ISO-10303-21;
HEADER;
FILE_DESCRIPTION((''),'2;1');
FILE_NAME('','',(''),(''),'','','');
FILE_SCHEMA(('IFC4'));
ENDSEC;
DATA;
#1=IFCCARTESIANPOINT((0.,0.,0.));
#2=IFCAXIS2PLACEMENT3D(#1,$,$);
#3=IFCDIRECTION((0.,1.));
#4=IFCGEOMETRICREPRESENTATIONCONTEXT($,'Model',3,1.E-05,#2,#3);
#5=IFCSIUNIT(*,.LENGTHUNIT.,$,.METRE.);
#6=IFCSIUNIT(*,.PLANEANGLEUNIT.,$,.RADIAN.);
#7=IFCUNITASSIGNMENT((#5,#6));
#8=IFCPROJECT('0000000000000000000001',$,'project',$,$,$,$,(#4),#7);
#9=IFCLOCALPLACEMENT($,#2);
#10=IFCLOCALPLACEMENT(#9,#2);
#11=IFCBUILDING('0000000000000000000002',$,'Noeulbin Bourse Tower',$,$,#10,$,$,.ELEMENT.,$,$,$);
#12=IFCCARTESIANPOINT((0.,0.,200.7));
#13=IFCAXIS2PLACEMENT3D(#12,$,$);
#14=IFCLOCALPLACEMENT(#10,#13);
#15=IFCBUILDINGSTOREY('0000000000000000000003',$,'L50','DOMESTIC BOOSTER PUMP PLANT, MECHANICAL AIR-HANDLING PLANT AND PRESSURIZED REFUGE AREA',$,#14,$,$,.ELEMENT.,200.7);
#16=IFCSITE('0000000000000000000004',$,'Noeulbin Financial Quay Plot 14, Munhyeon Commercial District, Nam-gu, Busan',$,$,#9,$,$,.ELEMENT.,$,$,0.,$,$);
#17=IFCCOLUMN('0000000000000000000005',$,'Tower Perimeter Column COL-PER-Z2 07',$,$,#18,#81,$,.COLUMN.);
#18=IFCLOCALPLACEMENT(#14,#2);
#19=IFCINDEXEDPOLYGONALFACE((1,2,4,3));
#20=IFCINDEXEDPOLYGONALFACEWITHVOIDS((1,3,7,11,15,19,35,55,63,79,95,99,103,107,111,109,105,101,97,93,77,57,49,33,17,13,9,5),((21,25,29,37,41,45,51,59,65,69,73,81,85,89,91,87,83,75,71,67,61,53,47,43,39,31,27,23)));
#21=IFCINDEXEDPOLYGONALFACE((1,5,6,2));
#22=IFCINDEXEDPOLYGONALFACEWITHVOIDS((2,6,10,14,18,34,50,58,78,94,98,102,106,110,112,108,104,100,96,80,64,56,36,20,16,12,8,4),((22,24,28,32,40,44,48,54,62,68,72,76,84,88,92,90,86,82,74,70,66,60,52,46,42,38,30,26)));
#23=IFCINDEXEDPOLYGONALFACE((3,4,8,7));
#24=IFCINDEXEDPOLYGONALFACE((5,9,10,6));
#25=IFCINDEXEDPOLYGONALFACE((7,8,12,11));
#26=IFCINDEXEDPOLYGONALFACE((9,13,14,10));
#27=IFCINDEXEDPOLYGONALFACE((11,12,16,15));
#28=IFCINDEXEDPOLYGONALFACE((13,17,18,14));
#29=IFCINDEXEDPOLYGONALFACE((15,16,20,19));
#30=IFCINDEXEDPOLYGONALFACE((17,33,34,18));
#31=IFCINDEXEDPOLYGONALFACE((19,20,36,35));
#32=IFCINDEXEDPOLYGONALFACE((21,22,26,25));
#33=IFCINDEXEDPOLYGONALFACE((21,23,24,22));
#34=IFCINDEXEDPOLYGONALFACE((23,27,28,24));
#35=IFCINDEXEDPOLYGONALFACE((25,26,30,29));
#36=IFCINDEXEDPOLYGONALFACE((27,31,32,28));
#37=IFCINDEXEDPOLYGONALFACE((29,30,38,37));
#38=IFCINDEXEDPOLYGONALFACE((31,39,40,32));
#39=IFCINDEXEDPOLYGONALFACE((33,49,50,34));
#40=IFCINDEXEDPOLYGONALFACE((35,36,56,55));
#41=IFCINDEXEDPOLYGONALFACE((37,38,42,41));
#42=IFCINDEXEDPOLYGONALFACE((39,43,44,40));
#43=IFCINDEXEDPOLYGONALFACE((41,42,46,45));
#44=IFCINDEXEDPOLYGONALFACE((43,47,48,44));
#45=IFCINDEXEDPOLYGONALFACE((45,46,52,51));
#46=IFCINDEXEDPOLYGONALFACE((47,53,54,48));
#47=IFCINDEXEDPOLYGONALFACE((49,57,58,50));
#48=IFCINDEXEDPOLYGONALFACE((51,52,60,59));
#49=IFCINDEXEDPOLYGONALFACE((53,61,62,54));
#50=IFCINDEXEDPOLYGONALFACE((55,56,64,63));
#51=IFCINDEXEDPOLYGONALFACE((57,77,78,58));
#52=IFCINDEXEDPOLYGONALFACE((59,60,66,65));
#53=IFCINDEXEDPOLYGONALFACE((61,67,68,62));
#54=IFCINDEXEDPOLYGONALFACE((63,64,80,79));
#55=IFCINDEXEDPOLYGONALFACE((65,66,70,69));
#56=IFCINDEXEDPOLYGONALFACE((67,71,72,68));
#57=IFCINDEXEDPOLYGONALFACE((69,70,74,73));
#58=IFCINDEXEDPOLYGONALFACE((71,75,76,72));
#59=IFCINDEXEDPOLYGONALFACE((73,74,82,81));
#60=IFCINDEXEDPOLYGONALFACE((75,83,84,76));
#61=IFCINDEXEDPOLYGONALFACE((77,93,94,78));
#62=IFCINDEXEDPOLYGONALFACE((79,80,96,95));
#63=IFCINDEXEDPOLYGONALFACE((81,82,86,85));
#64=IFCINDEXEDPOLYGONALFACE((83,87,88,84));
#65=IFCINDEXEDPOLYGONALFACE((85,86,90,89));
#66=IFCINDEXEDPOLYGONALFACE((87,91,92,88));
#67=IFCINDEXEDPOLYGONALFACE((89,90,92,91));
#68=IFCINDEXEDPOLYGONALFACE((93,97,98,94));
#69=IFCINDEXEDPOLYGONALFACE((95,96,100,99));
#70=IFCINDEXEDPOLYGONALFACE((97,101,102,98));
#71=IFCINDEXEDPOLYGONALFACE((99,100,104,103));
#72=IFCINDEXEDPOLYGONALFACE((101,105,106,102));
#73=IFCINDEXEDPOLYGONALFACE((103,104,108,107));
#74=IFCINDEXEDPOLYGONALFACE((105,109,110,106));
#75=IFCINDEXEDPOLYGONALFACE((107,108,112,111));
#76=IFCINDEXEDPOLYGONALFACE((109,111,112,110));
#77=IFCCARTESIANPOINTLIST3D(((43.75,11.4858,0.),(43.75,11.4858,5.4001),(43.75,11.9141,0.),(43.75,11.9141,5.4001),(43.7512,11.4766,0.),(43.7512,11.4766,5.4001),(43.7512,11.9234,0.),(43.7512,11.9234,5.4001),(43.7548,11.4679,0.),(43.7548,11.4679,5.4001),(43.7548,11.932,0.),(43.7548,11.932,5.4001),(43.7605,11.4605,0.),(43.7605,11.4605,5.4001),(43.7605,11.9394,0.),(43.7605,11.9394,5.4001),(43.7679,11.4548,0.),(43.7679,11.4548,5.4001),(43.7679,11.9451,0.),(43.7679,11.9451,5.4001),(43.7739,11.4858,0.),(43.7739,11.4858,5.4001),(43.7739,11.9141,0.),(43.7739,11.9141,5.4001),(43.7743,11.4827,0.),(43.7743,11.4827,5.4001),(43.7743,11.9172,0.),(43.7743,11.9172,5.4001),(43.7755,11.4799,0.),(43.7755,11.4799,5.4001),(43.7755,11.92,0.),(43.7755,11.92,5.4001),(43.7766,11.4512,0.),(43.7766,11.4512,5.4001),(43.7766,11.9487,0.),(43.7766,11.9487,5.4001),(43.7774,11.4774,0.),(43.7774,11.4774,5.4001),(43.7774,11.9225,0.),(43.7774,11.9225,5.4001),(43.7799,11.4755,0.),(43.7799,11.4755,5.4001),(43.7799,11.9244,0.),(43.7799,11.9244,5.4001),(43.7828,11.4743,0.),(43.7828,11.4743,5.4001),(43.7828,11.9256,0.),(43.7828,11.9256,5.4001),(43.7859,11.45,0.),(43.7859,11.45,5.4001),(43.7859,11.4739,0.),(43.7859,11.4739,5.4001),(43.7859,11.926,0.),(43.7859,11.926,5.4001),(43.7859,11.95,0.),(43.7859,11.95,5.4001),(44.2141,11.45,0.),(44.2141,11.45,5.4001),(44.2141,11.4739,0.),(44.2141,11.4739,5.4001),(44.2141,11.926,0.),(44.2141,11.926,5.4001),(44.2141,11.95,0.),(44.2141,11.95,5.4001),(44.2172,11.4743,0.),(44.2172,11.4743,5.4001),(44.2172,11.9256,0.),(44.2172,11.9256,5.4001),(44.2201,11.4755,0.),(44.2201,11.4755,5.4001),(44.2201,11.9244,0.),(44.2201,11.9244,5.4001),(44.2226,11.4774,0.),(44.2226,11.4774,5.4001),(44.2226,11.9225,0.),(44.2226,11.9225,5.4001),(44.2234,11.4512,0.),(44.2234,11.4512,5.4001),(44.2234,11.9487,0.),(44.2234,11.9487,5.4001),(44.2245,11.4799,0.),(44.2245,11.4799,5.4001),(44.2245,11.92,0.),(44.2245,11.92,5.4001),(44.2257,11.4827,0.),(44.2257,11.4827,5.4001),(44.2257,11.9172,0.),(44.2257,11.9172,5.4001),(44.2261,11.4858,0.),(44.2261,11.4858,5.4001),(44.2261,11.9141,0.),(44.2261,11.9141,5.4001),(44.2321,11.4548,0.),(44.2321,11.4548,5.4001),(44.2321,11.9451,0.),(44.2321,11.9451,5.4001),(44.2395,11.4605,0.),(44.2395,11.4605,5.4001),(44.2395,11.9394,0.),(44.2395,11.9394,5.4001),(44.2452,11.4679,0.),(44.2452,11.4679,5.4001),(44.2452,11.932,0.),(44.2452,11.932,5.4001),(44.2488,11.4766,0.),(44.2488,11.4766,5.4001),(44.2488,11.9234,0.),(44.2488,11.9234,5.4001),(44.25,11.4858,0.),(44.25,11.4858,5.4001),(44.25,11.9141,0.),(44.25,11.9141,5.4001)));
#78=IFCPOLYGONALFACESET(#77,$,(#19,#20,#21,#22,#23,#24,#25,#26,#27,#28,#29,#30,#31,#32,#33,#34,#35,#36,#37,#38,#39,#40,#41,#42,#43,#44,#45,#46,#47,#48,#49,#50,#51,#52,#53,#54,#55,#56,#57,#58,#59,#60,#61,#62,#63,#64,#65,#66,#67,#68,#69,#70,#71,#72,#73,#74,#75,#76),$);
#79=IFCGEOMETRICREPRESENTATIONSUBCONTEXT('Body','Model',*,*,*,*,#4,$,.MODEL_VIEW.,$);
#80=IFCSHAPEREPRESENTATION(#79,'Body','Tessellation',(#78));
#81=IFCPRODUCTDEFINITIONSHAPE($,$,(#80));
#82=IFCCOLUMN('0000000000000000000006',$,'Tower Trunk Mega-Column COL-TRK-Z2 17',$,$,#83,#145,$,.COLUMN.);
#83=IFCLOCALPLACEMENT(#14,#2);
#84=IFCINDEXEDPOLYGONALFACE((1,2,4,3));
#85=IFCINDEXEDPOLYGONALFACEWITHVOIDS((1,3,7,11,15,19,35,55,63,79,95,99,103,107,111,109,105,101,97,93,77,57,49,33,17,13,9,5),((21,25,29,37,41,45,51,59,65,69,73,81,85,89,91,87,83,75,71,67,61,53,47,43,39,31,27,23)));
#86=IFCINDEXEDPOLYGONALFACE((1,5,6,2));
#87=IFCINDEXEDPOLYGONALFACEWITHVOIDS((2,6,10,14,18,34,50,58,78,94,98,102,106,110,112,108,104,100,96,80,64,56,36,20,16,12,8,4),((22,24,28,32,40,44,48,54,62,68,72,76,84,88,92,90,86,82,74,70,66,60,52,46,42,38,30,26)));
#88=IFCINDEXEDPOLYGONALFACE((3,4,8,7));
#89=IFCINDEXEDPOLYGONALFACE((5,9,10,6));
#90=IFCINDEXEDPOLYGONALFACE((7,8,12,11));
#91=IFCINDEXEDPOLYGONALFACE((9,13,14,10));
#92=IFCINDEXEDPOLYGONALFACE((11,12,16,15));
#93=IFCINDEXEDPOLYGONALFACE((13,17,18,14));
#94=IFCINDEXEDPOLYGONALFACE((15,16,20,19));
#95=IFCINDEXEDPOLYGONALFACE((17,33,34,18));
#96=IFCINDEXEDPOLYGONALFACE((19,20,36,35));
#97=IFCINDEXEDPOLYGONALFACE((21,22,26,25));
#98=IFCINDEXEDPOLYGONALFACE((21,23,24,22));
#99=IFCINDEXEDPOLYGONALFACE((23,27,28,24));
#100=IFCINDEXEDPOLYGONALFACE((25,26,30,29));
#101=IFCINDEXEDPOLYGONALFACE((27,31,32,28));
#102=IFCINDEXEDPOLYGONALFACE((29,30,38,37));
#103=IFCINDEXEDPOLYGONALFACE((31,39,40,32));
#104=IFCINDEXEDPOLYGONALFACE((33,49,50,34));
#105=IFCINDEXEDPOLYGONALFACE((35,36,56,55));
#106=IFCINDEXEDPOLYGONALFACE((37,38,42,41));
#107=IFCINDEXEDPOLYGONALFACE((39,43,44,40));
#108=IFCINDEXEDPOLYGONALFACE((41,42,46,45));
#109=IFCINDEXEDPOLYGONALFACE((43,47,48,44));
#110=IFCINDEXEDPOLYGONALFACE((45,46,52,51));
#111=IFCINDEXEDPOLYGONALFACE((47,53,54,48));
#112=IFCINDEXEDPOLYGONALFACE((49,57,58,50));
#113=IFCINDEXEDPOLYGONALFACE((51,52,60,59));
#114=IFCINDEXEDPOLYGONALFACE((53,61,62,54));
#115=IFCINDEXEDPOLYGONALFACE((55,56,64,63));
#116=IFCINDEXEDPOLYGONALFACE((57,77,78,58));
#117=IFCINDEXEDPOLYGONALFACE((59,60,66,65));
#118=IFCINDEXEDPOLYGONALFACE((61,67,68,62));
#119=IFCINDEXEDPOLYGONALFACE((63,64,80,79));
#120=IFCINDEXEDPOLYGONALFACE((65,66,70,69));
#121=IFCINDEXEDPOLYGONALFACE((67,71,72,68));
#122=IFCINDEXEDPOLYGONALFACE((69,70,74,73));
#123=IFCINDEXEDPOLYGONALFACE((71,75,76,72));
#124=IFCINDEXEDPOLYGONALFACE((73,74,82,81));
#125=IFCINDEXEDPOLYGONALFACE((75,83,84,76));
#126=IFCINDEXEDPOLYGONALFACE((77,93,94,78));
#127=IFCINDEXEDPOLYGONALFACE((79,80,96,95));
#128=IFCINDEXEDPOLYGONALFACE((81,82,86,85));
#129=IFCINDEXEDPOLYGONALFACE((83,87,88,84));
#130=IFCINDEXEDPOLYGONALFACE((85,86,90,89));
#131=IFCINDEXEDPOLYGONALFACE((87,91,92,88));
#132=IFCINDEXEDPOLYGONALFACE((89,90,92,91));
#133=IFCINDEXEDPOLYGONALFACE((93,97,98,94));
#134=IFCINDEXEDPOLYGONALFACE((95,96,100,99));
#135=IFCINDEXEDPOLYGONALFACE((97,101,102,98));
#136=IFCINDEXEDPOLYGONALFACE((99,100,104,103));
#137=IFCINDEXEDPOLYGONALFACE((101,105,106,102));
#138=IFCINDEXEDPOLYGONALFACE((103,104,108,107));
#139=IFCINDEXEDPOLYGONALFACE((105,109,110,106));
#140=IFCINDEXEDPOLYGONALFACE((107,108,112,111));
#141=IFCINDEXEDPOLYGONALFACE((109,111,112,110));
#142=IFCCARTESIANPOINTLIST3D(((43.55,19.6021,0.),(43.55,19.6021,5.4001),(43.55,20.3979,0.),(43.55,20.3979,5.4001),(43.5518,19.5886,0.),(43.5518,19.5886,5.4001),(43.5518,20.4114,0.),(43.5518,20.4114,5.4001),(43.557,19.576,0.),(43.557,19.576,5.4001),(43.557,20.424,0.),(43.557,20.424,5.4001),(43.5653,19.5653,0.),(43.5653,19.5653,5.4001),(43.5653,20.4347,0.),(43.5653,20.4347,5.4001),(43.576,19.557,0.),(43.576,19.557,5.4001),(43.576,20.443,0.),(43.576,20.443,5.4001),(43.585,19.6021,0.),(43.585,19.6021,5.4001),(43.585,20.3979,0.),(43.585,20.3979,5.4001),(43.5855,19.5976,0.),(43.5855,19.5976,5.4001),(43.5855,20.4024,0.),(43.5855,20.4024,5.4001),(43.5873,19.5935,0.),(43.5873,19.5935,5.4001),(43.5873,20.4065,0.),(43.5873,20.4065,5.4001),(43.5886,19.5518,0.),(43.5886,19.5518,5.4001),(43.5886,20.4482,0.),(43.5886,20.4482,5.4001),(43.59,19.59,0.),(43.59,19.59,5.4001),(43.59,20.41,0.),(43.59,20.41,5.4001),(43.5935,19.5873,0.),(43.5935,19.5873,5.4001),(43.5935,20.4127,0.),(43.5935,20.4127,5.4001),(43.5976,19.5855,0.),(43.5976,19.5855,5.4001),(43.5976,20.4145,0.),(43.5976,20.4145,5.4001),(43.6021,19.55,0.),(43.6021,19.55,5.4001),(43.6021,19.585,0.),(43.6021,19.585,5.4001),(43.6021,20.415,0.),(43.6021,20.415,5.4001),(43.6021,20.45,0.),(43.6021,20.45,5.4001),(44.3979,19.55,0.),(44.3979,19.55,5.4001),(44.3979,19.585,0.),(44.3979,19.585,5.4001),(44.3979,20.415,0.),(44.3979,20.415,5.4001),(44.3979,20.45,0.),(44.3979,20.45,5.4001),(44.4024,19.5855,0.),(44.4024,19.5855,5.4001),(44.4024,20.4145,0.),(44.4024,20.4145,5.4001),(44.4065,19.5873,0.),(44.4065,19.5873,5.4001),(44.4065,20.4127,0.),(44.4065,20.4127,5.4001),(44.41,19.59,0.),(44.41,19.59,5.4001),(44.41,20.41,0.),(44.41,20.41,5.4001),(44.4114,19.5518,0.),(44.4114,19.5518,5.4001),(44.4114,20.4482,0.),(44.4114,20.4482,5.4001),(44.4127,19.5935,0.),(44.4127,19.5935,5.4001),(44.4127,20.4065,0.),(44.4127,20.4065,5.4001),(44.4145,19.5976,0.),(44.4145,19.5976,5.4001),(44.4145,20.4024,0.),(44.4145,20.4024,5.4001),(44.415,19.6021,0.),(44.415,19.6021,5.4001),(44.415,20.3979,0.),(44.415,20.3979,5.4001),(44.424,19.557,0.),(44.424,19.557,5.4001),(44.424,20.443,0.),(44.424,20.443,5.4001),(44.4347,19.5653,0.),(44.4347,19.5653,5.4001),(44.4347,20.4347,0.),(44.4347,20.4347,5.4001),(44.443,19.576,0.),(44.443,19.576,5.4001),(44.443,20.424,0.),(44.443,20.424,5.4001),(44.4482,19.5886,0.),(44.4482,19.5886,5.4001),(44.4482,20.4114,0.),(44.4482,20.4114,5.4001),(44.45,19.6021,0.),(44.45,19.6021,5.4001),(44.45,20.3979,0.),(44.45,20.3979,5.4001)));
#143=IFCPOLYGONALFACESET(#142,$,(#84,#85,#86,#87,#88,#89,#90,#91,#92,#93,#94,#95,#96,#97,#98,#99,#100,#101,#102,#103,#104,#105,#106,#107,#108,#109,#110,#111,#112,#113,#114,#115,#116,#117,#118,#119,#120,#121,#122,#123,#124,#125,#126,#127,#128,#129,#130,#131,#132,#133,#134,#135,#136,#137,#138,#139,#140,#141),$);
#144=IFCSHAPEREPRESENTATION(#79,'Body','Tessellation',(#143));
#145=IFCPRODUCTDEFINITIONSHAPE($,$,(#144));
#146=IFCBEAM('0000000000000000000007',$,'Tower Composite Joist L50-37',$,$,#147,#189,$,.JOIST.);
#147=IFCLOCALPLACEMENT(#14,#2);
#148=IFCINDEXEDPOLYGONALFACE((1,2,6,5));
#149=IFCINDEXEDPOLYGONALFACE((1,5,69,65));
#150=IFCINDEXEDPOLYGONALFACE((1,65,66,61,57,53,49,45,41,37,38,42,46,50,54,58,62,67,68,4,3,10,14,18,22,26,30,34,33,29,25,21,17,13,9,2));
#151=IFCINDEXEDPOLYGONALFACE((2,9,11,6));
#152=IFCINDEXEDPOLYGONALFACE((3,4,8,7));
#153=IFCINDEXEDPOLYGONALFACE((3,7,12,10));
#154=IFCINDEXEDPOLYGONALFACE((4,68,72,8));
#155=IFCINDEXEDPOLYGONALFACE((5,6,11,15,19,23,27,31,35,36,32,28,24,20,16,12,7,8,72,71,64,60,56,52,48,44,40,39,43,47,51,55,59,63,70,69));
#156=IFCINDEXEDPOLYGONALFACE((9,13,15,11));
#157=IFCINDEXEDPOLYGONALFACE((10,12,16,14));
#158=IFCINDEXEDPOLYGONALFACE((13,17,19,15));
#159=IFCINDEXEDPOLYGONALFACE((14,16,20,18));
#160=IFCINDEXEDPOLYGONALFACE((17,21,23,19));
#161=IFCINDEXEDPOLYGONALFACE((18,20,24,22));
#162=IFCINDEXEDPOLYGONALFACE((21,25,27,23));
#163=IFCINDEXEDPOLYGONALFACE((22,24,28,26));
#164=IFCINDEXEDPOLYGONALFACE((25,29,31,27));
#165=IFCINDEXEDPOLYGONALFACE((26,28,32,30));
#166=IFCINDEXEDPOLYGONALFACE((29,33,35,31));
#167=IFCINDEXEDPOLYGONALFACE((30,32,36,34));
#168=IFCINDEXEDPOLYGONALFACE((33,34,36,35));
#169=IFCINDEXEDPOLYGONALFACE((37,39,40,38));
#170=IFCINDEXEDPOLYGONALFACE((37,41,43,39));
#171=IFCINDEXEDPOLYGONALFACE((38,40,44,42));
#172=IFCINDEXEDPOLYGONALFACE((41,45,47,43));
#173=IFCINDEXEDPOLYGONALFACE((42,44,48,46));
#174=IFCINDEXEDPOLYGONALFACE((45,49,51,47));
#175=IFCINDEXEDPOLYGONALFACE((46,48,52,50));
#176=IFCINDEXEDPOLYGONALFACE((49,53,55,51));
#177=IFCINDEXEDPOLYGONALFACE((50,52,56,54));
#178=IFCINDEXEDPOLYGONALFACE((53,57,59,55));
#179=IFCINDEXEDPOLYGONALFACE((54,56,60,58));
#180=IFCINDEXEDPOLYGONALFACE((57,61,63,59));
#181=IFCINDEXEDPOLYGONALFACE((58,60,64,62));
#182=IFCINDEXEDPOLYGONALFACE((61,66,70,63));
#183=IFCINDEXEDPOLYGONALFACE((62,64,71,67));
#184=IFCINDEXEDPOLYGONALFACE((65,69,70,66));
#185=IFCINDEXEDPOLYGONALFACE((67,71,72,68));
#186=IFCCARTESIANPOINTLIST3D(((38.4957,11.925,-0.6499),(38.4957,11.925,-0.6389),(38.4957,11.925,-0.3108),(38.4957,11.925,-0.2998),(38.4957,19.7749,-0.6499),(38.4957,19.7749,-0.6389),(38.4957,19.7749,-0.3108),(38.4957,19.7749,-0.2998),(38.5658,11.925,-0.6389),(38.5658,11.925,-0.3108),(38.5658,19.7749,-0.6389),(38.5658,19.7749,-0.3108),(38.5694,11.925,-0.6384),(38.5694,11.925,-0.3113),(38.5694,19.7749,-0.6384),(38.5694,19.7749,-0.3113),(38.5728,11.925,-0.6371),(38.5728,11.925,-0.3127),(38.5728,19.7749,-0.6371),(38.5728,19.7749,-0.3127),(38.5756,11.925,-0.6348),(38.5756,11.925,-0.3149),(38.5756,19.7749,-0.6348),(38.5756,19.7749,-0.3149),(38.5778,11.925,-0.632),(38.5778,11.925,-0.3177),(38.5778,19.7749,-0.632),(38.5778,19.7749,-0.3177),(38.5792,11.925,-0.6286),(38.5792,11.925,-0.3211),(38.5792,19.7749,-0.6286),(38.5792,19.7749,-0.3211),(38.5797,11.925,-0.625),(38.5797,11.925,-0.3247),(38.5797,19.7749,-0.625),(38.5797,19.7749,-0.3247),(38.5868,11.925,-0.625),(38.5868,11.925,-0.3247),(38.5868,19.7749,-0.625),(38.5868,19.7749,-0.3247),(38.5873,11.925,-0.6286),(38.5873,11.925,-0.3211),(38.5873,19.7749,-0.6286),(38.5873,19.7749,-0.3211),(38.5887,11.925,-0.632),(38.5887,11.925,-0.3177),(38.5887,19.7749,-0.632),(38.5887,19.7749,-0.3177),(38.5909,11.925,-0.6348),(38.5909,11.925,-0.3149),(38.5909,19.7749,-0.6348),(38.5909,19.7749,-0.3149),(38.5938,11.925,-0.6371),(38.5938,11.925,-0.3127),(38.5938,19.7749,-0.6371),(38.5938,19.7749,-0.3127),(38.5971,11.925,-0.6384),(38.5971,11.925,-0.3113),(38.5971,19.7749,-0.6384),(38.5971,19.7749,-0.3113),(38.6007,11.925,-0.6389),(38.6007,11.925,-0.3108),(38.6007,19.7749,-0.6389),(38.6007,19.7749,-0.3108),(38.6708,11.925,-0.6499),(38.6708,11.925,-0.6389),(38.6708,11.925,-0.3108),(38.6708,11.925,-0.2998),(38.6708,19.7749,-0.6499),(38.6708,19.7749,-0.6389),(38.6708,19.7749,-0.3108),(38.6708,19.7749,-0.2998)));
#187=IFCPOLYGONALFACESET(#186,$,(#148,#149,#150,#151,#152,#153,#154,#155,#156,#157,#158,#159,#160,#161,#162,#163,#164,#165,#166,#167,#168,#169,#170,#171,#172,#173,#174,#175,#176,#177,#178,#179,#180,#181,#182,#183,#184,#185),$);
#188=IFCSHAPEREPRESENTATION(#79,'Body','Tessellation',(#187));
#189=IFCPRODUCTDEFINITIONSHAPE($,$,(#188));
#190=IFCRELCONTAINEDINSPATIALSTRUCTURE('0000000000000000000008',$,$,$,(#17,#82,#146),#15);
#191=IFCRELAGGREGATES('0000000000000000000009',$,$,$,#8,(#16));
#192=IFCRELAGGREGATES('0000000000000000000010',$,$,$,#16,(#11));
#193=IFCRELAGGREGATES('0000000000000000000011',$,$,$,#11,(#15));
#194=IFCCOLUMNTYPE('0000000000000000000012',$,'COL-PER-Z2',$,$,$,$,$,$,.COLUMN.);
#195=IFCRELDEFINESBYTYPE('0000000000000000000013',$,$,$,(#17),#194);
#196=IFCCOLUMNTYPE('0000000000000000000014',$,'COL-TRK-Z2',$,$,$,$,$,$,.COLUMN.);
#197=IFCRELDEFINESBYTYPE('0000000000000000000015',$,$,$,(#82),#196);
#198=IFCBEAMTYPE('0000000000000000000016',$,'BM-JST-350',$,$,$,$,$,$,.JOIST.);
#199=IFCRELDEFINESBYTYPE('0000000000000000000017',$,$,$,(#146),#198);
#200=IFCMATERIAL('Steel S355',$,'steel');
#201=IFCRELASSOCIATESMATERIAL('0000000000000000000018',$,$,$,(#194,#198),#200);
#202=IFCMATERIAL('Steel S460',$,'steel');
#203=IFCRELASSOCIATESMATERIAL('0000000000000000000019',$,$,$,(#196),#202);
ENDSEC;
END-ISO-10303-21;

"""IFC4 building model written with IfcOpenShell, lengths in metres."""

from ifc_helpers import new_model, si_unit, direction, frame, origin, origin_2d, place, context, subcontext, project, spatial, hollow_rectangle, i_section, extrude, material, material_profile, profile_set, type_object, element, save


model = new_model("IFC4")

# Units and contexts
model_context = context("Model", 3, precision=1e-05, world=origin(), true_north=direction((0.0, 1.0)))
body_context = subcontext(model_context, "Body", "Model", "MODEL_VIEW")
ifc_project = project(units=[si_unit("LENGTHUNIT", "METRE"), si_unit("PLANEANGLEUNIT", "RADIAN")], contexts=[model_context])

# Site, building, storey
site_placement = place(None, origin())
site = spatial("IfcSite", under=ifc_project, at=site_placement, Name="Noeulbin Financial Quay Plot 14, Munhyeon Commercial District, Nam-gu, Busan", CompositionType="ELEMENT", RefElevation=0.0)
building_placement = place(site_placement, origin())
building = spatial("IfcBuilding", under=site, at=building_placement, Name="Noeulbin Bourse Tower", CompositionType="ELEMENT")
storey_placement = place(building_placement, frame((0.0, 0.0, 200.7)))
storey = spatial("IfcBuildingStorey", under=building, at=storey_placement, Name="L50", Description="DOMESTIC BOOSTER PUMP PLANT, MECHANICAL AIR-HANDLING PLANT AND PRESSURIZED REFUGE AREA", CompositionType="ELEMENT", Elevation=200.7)

# Columns
ifc_material_1 = material(Name="Steel S355", Category="steel")
ifc_material_profile_1 = material_profile(ifc_material_1, hollow_rectangle(XDim=0.5, YDim=0.5, WallThickness=0.0239, InnerFilletRadius=0.012, OuterFilletRadius=0.0359, at=origin_2d()), Name="BOX-500x500x24", Category="LoadBearing")
ifc_profile_set_1 = profile_set([ifc_material_profile_1], Name="Steel S355")
column_type_1 = type_object("IfcColumnType", Name="COL-PER-Z2", PredefinedType="COLUMN", material=ifc_profile_set_1)
column_1_placement = place(storey_placement, frame((44.0, 11.7, 0.0), z_axis=(0.0, 0.0, 1.0), x_axis=(1.0, 0.0, 0.0)))
element("IfcColumn", 1, at=column_1_placement, inside=storey, type_object=column_type_1, Name="Tower Perimeter Column COL-PER-Z2 07", PredefinedType="COLUMN", context=body_context, shape_type="SweptSolid", body=[
    extrude(hollow_rectangle(XDim=0.5, YDim=0.5, WallThickness=0.0239, InnerFilletRadius=0.012, OuterFilletRadius=0.0359, at=origin_2d()), origin(), (0.0, 0.0, 1.0), 5.4001),
])
ifc_material_2 = material(Name="Steel S460", Category="steel")
ifc_material_profile_2 = material_profile(ifc_material_2, hollow_rectangle(XDim=0.8999, YDim=0.8999, WallThickness=0.0349, InnerFilletRadius=0.0171, OuterFilletRadius=0.052, at=origin_2d()), Name="BOX-900x900x35", Category="LoadBearing")
ifc_profile_set_2 = profile_set([ifc_material_profile_2], Name="Steel S460")
column_type_2 = type_object("IfcColumnType", Name="COL-TRK-Z2", PredefinedType="COLUMN", material=ifc_profile_set_2)
column_2_placement = place(storey_placement, frame((44.0, 20.0, 0.0), z_axis=(0.0, 0.0, 1.0), x_axis=(1.0, 0.0, 0.0)))
element("IfcColumn", 2, at=column_2_placement, inside=storey, type_object=column_type_2, Name="Tower Trunk Mega-Column COL-TRK-Z2 17", PredefinedType="COLUMN", context=body_context, shape_type="SweptSolid", body=[
    extrude(hollow_rectangle(XDim=0.8999, YDim=0.8999, WallThickness=0.0349, InnerFilletRadius=0.0171, OuterFilletRadius=0.052, at=origin_2d()), origin(), (0.0, 0.0, 1.0), 5.4001),
])

# Beam
ifc_material_profile_3 = material_profile(ifc_material_1, i_section(OverallWidth=0.175, OverallDepth=0.3501, WebThickness=0.0071, FlangeThickness=0.011, FilletRadius=0.0139, at=origin_2d()), Name="H-350x175x7x11", Category="LoadBearing")
ifc_profile_set_3 = profile_set([ifc_material_profile_3], Name="Steel S355")
beam_type_1 = type_object("IfcBeamType", Name="BM-JST-350", PredefinedType="JOIST", material=ifc_profile_set_3)
beam_1_placement = place(storey_placement, frame((38.5833, 11.925, -0.4749), z_axis=(0.0, 1.0, 0.0), x_axis=(-1.0, 0.0, 0.0)))
element("IfcBeam", 3, at=beam_1_placement, inside=storey, type_object=beam_type_1, Name="Tower Composite Joist L50-37", PredefinedType="JOIST", context=body_context, shape_type="SweptSolid", body=[
    extrude(i_section(OverallWidth=0.175, OverallDepth=0.3501, WebThickness=0.0071, FlangeThickness=0.011, FilletRadius=0.0139, at=origin_2d()), origin(), (0.0, 0.0, 1.0), 7.8499),
])

save(model, "model.ifc")
